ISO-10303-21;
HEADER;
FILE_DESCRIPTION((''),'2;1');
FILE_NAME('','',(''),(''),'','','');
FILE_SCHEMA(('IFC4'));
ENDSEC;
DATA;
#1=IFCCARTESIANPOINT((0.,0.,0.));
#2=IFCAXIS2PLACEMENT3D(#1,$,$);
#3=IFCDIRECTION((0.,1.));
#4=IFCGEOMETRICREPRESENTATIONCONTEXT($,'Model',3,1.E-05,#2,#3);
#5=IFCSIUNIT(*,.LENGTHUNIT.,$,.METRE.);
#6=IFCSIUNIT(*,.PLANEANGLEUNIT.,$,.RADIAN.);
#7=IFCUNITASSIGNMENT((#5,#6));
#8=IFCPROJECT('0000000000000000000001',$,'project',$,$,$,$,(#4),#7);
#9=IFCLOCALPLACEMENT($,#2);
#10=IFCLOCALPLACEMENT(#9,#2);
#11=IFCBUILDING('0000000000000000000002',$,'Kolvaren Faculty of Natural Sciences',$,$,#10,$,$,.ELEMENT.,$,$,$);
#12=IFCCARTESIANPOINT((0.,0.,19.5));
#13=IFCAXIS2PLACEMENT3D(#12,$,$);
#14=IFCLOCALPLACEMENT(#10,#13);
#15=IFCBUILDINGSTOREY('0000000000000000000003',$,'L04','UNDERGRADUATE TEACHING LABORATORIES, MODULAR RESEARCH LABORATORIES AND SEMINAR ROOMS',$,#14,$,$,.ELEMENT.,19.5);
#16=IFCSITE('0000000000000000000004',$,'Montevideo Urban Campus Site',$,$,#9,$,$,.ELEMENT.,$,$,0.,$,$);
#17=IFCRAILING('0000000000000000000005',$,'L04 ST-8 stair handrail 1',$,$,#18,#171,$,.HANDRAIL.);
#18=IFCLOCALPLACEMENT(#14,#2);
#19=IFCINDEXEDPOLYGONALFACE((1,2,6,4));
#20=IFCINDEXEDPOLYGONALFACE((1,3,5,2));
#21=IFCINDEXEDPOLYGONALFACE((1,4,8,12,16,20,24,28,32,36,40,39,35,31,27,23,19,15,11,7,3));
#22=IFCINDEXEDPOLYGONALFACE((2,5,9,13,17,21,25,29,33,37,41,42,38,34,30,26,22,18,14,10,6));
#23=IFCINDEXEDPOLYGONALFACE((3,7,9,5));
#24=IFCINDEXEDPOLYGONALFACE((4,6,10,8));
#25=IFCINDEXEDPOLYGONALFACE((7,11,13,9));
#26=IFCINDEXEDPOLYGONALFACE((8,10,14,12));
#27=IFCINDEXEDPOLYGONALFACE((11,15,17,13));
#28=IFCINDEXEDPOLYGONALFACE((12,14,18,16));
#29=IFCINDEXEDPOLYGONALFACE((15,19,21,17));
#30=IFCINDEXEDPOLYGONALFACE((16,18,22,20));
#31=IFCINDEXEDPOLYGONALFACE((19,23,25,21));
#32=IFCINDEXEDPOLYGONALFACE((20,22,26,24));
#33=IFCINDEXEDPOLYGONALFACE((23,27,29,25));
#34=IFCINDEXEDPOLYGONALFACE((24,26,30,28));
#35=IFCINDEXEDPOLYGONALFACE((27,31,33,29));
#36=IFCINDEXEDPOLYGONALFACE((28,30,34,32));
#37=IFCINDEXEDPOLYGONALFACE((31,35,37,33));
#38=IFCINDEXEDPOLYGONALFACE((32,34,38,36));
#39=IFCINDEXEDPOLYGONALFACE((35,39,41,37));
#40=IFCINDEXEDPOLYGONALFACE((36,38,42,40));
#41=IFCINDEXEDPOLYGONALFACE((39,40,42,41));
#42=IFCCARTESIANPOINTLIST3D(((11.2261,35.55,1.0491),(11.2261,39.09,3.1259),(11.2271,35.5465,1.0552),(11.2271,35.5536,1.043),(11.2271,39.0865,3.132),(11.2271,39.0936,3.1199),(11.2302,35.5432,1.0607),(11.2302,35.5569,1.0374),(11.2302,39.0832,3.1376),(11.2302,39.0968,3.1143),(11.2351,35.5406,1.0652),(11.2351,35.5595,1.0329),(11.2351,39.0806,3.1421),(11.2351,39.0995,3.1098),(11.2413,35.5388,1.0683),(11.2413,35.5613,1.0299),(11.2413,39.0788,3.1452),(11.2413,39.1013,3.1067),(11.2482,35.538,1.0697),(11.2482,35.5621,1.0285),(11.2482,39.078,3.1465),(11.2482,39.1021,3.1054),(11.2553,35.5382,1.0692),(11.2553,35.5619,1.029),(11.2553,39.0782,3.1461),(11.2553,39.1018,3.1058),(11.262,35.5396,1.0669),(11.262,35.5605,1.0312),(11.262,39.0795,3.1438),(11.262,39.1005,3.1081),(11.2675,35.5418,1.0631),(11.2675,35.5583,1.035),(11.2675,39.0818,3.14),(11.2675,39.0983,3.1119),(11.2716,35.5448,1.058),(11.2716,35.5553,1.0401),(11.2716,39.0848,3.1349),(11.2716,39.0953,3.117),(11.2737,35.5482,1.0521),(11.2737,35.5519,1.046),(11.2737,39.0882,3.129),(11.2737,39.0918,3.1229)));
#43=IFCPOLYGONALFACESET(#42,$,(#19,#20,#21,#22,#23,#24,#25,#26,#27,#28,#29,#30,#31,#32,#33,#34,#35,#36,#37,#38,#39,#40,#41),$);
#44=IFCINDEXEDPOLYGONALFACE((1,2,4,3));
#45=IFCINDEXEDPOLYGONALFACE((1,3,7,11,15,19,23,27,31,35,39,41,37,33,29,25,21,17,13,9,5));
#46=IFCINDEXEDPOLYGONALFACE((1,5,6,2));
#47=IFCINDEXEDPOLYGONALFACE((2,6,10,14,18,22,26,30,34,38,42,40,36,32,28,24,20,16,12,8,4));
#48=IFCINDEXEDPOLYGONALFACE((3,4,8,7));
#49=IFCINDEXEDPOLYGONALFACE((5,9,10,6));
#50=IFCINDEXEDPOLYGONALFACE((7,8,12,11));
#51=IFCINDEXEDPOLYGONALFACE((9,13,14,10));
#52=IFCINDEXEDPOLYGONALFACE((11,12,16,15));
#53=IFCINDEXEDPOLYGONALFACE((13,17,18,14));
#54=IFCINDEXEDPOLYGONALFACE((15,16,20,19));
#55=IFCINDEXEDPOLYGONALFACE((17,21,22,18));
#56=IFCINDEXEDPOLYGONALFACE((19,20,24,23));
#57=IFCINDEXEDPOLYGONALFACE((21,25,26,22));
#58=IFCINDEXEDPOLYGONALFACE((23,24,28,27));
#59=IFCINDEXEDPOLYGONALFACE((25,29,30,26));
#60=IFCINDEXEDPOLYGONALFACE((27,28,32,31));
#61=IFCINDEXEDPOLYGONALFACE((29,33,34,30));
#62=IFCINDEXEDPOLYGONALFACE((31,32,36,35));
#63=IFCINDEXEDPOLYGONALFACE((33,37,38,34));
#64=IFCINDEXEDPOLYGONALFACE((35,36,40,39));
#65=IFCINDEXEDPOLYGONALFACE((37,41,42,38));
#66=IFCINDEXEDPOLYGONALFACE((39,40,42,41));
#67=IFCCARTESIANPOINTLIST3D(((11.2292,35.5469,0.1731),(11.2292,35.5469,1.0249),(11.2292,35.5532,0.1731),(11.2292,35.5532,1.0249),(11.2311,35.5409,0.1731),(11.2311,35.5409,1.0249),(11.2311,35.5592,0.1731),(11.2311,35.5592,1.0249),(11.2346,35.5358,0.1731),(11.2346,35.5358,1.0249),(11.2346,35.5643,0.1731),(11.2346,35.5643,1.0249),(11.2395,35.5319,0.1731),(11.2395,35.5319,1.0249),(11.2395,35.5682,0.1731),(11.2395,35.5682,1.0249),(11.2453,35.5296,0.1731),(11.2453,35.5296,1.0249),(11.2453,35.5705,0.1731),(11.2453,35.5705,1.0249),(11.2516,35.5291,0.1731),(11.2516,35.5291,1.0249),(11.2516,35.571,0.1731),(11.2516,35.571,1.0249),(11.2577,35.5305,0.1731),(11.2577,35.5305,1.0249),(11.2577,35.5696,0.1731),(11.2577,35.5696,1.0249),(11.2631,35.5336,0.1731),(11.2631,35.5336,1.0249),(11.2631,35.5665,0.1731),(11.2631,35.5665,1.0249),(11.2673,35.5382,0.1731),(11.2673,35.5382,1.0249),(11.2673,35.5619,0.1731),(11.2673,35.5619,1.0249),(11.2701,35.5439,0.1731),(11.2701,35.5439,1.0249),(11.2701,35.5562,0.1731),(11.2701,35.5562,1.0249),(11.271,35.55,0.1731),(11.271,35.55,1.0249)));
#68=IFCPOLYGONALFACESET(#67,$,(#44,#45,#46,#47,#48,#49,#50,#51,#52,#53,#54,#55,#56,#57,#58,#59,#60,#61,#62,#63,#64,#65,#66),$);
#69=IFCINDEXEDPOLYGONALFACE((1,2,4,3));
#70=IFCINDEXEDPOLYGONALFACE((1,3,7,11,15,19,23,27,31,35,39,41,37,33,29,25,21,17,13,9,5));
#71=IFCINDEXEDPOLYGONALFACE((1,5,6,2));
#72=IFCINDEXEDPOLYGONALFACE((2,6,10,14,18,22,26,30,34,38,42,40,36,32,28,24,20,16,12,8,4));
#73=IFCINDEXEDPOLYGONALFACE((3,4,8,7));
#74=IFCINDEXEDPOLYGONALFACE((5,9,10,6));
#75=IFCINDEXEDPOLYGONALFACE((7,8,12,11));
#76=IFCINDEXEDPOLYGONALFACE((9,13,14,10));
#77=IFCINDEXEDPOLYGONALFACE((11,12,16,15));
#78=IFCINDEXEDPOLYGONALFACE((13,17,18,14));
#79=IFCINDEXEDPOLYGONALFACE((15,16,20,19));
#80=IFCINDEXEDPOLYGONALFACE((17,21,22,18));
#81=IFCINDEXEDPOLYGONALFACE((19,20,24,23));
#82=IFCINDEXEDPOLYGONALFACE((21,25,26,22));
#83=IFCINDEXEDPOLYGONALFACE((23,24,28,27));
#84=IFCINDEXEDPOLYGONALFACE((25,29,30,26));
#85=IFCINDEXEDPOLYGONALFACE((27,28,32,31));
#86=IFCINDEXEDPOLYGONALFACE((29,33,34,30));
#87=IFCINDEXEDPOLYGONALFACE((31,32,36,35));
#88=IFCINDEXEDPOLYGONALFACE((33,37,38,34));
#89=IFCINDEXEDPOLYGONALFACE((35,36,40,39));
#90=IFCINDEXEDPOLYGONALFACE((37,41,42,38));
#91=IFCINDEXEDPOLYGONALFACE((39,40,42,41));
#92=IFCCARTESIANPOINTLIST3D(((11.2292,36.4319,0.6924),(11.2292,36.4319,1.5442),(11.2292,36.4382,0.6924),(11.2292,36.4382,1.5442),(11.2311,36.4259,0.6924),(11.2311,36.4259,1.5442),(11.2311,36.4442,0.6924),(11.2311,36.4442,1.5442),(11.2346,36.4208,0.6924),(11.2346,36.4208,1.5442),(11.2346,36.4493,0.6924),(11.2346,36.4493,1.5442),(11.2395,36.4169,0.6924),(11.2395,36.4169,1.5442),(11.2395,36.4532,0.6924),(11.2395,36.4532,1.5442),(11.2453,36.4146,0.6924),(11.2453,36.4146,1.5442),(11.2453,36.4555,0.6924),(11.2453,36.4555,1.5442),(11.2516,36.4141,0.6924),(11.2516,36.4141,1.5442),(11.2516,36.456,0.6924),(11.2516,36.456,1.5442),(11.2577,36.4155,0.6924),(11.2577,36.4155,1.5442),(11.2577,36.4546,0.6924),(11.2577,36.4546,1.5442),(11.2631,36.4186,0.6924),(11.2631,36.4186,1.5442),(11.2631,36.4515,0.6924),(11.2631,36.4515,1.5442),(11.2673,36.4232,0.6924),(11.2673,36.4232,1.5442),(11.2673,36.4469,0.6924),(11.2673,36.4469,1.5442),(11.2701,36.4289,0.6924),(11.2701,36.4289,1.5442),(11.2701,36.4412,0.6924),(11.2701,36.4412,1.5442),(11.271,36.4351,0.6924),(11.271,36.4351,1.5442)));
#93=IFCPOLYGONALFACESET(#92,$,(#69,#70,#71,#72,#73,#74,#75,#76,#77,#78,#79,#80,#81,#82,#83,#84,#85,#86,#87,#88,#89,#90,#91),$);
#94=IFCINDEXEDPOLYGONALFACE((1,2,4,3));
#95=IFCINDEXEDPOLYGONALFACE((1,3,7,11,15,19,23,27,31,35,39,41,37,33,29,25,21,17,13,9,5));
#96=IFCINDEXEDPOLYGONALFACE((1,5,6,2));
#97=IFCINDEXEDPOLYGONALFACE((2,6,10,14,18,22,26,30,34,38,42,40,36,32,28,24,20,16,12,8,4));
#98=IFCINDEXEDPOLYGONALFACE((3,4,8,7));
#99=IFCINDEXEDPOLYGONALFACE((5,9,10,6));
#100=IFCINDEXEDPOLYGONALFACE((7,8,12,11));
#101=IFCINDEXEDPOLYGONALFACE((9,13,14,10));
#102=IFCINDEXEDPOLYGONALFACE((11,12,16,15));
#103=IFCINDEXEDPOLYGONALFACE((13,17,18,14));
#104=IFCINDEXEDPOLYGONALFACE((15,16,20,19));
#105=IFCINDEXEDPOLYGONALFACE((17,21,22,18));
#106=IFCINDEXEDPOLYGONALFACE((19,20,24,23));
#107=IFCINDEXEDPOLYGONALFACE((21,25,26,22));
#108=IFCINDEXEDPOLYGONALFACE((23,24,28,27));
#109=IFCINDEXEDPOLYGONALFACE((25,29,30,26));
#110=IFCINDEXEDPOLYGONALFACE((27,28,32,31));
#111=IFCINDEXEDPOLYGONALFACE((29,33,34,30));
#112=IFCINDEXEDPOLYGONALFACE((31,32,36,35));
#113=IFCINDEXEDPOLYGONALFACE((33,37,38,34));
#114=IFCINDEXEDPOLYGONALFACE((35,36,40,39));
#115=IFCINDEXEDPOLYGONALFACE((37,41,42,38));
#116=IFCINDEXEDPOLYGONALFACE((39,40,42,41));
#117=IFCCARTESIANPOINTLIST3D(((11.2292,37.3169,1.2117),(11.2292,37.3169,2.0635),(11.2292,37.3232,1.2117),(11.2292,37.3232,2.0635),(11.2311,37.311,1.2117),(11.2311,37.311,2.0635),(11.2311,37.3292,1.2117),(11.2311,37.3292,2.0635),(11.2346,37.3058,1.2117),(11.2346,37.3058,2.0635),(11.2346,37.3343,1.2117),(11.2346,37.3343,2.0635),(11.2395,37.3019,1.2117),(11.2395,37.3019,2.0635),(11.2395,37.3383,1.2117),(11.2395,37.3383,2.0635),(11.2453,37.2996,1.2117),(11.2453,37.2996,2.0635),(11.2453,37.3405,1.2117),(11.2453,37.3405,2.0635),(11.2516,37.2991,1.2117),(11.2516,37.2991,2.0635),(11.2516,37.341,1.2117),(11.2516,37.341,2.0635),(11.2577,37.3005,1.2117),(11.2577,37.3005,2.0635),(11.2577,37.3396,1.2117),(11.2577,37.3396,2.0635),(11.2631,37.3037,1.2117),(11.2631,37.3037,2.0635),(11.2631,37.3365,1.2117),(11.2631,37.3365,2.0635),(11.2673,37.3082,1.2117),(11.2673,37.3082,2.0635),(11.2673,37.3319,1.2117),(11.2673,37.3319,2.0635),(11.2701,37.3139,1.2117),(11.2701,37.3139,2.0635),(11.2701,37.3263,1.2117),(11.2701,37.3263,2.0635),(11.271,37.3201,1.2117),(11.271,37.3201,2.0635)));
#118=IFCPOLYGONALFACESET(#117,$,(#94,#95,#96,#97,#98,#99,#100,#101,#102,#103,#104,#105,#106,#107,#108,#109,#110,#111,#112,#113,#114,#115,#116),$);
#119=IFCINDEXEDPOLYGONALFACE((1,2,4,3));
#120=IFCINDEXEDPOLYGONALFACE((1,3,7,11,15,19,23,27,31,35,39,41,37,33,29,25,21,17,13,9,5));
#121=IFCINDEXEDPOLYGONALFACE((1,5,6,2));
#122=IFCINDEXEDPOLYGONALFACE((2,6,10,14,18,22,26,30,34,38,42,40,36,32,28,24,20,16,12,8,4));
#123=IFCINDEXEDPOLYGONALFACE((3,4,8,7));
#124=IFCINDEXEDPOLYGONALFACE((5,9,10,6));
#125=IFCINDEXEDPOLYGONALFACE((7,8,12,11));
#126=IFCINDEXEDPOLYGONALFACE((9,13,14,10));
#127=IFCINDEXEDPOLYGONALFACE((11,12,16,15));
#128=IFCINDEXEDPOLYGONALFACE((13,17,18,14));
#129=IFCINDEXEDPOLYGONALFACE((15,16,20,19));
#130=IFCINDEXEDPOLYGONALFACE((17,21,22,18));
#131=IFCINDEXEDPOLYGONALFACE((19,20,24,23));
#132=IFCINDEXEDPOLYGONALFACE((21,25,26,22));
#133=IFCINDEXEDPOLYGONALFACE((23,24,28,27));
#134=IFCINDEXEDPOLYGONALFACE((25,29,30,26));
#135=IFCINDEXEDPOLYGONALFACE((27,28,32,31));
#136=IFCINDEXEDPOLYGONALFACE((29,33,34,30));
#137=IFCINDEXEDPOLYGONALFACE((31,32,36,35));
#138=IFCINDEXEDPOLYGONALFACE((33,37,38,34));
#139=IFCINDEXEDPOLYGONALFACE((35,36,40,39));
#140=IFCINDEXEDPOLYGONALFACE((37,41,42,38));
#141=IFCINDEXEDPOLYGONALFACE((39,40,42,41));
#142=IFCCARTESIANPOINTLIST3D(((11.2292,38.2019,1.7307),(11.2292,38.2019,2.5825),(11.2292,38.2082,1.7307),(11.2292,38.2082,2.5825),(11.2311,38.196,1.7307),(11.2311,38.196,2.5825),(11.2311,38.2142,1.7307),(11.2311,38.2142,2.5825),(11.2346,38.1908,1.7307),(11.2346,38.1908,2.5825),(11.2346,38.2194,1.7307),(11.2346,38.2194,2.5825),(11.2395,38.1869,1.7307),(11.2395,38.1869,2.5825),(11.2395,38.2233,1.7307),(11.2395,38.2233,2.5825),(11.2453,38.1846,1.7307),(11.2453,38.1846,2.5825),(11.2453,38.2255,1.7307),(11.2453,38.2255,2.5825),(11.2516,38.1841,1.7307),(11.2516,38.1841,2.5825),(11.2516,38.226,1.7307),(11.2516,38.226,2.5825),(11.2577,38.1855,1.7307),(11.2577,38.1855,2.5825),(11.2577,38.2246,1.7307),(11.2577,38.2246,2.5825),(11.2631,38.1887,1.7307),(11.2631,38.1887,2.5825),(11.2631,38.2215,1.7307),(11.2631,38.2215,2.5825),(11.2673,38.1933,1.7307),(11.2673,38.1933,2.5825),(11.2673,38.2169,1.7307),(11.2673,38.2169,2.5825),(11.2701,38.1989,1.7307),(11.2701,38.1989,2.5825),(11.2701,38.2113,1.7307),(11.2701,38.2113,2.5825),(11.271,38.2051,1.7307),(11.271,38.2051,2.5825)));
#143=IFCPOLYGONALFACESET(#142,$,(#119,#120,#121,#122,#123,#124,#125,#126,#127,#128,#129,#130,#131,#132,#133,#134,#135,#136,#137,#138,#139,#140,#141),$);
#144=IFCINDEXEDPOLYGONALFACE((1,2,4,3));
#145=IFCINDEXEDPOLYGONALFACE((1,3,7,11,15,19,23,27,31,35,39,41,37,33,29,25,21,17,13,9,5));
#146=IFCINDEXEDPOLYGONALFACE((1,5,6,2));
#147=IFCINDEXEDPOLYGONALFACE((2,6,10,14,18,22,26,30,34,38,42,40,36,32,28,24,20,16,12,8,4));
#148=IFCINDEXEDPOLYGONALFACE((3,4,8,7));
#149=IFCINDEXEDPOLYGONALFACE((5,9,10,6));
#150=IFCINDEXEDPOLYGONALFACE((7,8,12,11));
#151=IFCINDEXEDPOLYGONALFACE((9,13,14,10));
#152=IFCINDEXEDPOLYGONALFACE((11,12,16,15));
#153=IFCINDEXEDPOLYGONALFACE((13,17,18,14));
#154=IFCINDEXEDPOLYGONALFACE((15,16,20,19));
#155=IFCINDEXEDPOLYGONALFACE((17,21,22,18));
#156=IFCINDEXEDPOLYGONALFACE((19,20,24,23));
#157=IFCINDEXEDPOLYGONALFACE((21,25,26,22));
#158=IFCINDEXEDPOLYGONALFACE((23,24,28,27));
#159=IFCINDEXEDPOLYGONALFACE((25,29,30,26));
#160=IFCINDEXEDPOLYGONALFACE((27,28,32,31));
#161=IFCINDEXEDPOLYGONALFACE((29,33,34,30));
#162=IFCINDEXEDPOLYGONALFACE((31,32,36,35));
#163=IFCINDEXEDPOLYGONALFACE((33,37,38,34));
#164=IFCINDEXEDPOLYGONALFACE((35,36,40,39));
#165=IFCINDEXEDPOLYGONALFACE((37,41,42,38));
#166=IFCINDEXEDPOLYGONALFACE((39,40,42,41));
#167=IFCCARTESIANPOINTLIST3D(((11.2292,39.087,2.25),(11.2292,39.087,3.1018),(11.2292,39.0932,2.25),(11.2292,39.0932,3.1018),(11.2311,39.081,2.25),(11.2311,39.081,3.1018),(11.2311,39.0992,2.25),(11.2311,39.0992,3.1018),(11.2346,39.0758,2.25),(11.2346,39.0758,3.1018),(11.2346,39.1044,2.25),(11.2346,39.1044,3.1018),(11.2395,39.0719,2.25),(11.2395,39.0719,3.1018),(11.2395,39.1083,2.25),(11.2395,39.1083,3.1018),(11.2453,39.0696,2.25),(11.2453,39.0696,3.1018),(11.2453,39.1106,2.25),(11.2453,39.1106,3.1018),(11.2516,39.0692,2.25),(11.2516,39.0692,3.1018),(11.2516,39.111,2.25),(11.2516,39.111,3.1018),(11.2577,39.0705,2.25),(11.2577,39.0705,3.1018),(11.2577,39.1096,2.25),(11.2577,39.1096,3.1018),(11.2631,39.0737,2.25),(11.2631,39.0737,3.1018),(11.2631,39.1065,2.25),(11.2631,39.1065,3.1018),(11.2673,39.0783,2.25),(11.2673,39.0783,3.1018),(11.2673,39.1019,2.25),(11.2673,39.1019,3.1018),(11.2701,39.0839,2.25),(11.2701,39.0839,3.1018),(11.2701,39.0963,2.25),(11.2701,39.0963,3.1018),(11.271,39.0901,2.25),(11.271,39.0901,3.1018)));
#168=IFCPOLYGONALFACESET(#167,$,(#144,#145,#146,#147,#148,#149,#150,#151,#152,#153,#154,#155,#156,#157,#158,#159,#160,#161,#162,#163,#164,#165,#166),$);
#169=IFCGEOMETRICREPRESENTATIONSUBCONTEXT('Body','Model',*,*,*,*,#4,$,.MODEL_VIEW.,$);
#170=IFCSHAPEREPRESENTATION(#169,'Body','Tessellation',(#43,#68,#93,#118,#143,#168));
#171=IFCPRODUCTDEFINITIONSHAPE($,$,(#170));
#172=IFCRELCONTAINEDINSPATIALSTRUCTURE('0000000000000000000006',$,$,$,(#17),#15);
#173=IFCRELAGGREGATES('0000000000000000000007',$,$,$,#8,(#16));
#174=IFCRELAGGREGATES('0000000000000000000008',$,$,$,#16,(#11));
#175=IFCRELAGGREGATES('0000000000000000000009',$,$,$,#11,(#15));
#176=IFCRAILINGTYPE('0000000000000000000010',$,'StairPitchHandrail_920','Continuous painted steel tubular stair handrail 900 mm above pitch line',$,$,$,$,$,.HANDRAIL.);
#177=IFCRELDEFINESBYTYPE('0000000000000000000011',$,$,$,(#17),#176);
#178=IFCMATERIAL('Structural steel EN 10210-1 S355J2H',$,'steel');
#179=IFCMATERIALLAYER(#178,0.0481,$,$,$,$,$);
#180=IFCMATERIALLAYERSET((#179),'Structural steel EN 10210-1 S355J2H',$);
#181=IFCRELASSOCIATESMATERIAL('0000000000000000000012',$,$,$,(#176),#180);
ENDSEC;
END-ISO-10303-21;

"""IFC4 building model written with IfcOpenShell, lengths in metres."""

from ifc_helpers import new_model, si_unit, direction, frame, origin, origin_2d, place, context, subcontext, project, spatial, circle, extrude, material, layer, layer_set, type_object, element, save


model = new_model("IFC4")

# Units and contexts
model_context = context("Model", 3, precision=1e-05, world=origin(), true_north=direction((0.0, 1.0)))
body_context = subcontext(model_context, "Body", "Model", "MODEL_VIEW")
ifc_project = project(units=[si_unit("LENGTHUNIT", "METRE"), si_unit("PLANEANGLEUNIT", "RADIAN")], contexts=[model_context])

# Site, building, storey
site_placement = place(None, origin())
site = spatial("IfcSite", under=ifc_project, at=site_placement, Name="Montevideo Urban Campus Site", CompositionType="ELEMENT", RefElevation=0.0)
building_placement = place(site_placement, origin())
building = spatial("IfcBuilding", under=site, at=building_placement, Name="Kolvaren Faculty of Natural Sciences", CompositionType="ELEMENT")
storey_placement = place(building_placement, frame((0.0, 0.0, 19.5)))
storey = spatial("IfcBuildingStorey", under=building, at=storey_placement, Name="L04", Description="UNDERGRADUATE TEACHING LABORATORIES, MODULAR RESEARCH LABORATORIES AND SEMINAR ROOMS", CompositionType="ELEMENT", Elevation=19.5)

# Railing
ifc_material_1 = material(Name="Structural steel EN 10210-1 S355J2H", Category="steel")
ifc_layer_1 = layer(ifc_material_1, 0.0481)
ifc_layer_set_1 = layer_set([ifc_layer_1], Name="Structural steel EN 10210-1 S355J2H")
railing_type_1 = type_object("IfcRailingType", Name="StairPitchHandrail_920", Description="Continuous painted steel tubular stair handrail 900 mm above pitch line", PredefinedType="HANDRAIL", material=ifc_layer_set_1)
railing_1_placement = place(storey_placement, frame((11.25, 35.55, 0.1731)))
element("IfcRailing", 1, at=railing_1_placement, inside=storey, type_object=railing_type_1, Name="L04 ST-8 stair handrail 1", PredefinedType="HANDRAIL", context=body_context, shape_type="SweptSolid", body=[
    extrude(circle(Radius=0.0239, at=origin_2d()), frame((0.0, 0.0, 0.876), z_axis=(0.0, 0.862516, 0.506029), x_axis=(-1.0, 0.0, 0.0)), (0.0, 0.0, 1.0), 4.1042),
    extrude(circle(Radius=0.021, at=origin_2d()), origin(), (0.0, 0.0, 1.0), 0.8518),
    extrude(circle(Radius=0.021, at=origin_2d()), frame((0.0, 0.885, 0.5193)), (0.0, 0.0, 1.0), 0.8518),
    extrude(circle(Radius=0.021, at=origin_2d()), frame((0.0, 1.77, 1.0386)), (0.0, 0.0, 1.0), 0.8518),
    extrude(circle(Radius=0.021, at=origin_2d()), frame((0.0, 2.655, 1.5576)), (0.0, 0.0, 1.0), 0.8518),
    extrude(circle(Radius=0.021, at=origin_2d()), frame((0.0, 3.54, 2.0769)), (0.0, 0.0, 1.0), 0.8518),
])

save(model, "model.ifc")
